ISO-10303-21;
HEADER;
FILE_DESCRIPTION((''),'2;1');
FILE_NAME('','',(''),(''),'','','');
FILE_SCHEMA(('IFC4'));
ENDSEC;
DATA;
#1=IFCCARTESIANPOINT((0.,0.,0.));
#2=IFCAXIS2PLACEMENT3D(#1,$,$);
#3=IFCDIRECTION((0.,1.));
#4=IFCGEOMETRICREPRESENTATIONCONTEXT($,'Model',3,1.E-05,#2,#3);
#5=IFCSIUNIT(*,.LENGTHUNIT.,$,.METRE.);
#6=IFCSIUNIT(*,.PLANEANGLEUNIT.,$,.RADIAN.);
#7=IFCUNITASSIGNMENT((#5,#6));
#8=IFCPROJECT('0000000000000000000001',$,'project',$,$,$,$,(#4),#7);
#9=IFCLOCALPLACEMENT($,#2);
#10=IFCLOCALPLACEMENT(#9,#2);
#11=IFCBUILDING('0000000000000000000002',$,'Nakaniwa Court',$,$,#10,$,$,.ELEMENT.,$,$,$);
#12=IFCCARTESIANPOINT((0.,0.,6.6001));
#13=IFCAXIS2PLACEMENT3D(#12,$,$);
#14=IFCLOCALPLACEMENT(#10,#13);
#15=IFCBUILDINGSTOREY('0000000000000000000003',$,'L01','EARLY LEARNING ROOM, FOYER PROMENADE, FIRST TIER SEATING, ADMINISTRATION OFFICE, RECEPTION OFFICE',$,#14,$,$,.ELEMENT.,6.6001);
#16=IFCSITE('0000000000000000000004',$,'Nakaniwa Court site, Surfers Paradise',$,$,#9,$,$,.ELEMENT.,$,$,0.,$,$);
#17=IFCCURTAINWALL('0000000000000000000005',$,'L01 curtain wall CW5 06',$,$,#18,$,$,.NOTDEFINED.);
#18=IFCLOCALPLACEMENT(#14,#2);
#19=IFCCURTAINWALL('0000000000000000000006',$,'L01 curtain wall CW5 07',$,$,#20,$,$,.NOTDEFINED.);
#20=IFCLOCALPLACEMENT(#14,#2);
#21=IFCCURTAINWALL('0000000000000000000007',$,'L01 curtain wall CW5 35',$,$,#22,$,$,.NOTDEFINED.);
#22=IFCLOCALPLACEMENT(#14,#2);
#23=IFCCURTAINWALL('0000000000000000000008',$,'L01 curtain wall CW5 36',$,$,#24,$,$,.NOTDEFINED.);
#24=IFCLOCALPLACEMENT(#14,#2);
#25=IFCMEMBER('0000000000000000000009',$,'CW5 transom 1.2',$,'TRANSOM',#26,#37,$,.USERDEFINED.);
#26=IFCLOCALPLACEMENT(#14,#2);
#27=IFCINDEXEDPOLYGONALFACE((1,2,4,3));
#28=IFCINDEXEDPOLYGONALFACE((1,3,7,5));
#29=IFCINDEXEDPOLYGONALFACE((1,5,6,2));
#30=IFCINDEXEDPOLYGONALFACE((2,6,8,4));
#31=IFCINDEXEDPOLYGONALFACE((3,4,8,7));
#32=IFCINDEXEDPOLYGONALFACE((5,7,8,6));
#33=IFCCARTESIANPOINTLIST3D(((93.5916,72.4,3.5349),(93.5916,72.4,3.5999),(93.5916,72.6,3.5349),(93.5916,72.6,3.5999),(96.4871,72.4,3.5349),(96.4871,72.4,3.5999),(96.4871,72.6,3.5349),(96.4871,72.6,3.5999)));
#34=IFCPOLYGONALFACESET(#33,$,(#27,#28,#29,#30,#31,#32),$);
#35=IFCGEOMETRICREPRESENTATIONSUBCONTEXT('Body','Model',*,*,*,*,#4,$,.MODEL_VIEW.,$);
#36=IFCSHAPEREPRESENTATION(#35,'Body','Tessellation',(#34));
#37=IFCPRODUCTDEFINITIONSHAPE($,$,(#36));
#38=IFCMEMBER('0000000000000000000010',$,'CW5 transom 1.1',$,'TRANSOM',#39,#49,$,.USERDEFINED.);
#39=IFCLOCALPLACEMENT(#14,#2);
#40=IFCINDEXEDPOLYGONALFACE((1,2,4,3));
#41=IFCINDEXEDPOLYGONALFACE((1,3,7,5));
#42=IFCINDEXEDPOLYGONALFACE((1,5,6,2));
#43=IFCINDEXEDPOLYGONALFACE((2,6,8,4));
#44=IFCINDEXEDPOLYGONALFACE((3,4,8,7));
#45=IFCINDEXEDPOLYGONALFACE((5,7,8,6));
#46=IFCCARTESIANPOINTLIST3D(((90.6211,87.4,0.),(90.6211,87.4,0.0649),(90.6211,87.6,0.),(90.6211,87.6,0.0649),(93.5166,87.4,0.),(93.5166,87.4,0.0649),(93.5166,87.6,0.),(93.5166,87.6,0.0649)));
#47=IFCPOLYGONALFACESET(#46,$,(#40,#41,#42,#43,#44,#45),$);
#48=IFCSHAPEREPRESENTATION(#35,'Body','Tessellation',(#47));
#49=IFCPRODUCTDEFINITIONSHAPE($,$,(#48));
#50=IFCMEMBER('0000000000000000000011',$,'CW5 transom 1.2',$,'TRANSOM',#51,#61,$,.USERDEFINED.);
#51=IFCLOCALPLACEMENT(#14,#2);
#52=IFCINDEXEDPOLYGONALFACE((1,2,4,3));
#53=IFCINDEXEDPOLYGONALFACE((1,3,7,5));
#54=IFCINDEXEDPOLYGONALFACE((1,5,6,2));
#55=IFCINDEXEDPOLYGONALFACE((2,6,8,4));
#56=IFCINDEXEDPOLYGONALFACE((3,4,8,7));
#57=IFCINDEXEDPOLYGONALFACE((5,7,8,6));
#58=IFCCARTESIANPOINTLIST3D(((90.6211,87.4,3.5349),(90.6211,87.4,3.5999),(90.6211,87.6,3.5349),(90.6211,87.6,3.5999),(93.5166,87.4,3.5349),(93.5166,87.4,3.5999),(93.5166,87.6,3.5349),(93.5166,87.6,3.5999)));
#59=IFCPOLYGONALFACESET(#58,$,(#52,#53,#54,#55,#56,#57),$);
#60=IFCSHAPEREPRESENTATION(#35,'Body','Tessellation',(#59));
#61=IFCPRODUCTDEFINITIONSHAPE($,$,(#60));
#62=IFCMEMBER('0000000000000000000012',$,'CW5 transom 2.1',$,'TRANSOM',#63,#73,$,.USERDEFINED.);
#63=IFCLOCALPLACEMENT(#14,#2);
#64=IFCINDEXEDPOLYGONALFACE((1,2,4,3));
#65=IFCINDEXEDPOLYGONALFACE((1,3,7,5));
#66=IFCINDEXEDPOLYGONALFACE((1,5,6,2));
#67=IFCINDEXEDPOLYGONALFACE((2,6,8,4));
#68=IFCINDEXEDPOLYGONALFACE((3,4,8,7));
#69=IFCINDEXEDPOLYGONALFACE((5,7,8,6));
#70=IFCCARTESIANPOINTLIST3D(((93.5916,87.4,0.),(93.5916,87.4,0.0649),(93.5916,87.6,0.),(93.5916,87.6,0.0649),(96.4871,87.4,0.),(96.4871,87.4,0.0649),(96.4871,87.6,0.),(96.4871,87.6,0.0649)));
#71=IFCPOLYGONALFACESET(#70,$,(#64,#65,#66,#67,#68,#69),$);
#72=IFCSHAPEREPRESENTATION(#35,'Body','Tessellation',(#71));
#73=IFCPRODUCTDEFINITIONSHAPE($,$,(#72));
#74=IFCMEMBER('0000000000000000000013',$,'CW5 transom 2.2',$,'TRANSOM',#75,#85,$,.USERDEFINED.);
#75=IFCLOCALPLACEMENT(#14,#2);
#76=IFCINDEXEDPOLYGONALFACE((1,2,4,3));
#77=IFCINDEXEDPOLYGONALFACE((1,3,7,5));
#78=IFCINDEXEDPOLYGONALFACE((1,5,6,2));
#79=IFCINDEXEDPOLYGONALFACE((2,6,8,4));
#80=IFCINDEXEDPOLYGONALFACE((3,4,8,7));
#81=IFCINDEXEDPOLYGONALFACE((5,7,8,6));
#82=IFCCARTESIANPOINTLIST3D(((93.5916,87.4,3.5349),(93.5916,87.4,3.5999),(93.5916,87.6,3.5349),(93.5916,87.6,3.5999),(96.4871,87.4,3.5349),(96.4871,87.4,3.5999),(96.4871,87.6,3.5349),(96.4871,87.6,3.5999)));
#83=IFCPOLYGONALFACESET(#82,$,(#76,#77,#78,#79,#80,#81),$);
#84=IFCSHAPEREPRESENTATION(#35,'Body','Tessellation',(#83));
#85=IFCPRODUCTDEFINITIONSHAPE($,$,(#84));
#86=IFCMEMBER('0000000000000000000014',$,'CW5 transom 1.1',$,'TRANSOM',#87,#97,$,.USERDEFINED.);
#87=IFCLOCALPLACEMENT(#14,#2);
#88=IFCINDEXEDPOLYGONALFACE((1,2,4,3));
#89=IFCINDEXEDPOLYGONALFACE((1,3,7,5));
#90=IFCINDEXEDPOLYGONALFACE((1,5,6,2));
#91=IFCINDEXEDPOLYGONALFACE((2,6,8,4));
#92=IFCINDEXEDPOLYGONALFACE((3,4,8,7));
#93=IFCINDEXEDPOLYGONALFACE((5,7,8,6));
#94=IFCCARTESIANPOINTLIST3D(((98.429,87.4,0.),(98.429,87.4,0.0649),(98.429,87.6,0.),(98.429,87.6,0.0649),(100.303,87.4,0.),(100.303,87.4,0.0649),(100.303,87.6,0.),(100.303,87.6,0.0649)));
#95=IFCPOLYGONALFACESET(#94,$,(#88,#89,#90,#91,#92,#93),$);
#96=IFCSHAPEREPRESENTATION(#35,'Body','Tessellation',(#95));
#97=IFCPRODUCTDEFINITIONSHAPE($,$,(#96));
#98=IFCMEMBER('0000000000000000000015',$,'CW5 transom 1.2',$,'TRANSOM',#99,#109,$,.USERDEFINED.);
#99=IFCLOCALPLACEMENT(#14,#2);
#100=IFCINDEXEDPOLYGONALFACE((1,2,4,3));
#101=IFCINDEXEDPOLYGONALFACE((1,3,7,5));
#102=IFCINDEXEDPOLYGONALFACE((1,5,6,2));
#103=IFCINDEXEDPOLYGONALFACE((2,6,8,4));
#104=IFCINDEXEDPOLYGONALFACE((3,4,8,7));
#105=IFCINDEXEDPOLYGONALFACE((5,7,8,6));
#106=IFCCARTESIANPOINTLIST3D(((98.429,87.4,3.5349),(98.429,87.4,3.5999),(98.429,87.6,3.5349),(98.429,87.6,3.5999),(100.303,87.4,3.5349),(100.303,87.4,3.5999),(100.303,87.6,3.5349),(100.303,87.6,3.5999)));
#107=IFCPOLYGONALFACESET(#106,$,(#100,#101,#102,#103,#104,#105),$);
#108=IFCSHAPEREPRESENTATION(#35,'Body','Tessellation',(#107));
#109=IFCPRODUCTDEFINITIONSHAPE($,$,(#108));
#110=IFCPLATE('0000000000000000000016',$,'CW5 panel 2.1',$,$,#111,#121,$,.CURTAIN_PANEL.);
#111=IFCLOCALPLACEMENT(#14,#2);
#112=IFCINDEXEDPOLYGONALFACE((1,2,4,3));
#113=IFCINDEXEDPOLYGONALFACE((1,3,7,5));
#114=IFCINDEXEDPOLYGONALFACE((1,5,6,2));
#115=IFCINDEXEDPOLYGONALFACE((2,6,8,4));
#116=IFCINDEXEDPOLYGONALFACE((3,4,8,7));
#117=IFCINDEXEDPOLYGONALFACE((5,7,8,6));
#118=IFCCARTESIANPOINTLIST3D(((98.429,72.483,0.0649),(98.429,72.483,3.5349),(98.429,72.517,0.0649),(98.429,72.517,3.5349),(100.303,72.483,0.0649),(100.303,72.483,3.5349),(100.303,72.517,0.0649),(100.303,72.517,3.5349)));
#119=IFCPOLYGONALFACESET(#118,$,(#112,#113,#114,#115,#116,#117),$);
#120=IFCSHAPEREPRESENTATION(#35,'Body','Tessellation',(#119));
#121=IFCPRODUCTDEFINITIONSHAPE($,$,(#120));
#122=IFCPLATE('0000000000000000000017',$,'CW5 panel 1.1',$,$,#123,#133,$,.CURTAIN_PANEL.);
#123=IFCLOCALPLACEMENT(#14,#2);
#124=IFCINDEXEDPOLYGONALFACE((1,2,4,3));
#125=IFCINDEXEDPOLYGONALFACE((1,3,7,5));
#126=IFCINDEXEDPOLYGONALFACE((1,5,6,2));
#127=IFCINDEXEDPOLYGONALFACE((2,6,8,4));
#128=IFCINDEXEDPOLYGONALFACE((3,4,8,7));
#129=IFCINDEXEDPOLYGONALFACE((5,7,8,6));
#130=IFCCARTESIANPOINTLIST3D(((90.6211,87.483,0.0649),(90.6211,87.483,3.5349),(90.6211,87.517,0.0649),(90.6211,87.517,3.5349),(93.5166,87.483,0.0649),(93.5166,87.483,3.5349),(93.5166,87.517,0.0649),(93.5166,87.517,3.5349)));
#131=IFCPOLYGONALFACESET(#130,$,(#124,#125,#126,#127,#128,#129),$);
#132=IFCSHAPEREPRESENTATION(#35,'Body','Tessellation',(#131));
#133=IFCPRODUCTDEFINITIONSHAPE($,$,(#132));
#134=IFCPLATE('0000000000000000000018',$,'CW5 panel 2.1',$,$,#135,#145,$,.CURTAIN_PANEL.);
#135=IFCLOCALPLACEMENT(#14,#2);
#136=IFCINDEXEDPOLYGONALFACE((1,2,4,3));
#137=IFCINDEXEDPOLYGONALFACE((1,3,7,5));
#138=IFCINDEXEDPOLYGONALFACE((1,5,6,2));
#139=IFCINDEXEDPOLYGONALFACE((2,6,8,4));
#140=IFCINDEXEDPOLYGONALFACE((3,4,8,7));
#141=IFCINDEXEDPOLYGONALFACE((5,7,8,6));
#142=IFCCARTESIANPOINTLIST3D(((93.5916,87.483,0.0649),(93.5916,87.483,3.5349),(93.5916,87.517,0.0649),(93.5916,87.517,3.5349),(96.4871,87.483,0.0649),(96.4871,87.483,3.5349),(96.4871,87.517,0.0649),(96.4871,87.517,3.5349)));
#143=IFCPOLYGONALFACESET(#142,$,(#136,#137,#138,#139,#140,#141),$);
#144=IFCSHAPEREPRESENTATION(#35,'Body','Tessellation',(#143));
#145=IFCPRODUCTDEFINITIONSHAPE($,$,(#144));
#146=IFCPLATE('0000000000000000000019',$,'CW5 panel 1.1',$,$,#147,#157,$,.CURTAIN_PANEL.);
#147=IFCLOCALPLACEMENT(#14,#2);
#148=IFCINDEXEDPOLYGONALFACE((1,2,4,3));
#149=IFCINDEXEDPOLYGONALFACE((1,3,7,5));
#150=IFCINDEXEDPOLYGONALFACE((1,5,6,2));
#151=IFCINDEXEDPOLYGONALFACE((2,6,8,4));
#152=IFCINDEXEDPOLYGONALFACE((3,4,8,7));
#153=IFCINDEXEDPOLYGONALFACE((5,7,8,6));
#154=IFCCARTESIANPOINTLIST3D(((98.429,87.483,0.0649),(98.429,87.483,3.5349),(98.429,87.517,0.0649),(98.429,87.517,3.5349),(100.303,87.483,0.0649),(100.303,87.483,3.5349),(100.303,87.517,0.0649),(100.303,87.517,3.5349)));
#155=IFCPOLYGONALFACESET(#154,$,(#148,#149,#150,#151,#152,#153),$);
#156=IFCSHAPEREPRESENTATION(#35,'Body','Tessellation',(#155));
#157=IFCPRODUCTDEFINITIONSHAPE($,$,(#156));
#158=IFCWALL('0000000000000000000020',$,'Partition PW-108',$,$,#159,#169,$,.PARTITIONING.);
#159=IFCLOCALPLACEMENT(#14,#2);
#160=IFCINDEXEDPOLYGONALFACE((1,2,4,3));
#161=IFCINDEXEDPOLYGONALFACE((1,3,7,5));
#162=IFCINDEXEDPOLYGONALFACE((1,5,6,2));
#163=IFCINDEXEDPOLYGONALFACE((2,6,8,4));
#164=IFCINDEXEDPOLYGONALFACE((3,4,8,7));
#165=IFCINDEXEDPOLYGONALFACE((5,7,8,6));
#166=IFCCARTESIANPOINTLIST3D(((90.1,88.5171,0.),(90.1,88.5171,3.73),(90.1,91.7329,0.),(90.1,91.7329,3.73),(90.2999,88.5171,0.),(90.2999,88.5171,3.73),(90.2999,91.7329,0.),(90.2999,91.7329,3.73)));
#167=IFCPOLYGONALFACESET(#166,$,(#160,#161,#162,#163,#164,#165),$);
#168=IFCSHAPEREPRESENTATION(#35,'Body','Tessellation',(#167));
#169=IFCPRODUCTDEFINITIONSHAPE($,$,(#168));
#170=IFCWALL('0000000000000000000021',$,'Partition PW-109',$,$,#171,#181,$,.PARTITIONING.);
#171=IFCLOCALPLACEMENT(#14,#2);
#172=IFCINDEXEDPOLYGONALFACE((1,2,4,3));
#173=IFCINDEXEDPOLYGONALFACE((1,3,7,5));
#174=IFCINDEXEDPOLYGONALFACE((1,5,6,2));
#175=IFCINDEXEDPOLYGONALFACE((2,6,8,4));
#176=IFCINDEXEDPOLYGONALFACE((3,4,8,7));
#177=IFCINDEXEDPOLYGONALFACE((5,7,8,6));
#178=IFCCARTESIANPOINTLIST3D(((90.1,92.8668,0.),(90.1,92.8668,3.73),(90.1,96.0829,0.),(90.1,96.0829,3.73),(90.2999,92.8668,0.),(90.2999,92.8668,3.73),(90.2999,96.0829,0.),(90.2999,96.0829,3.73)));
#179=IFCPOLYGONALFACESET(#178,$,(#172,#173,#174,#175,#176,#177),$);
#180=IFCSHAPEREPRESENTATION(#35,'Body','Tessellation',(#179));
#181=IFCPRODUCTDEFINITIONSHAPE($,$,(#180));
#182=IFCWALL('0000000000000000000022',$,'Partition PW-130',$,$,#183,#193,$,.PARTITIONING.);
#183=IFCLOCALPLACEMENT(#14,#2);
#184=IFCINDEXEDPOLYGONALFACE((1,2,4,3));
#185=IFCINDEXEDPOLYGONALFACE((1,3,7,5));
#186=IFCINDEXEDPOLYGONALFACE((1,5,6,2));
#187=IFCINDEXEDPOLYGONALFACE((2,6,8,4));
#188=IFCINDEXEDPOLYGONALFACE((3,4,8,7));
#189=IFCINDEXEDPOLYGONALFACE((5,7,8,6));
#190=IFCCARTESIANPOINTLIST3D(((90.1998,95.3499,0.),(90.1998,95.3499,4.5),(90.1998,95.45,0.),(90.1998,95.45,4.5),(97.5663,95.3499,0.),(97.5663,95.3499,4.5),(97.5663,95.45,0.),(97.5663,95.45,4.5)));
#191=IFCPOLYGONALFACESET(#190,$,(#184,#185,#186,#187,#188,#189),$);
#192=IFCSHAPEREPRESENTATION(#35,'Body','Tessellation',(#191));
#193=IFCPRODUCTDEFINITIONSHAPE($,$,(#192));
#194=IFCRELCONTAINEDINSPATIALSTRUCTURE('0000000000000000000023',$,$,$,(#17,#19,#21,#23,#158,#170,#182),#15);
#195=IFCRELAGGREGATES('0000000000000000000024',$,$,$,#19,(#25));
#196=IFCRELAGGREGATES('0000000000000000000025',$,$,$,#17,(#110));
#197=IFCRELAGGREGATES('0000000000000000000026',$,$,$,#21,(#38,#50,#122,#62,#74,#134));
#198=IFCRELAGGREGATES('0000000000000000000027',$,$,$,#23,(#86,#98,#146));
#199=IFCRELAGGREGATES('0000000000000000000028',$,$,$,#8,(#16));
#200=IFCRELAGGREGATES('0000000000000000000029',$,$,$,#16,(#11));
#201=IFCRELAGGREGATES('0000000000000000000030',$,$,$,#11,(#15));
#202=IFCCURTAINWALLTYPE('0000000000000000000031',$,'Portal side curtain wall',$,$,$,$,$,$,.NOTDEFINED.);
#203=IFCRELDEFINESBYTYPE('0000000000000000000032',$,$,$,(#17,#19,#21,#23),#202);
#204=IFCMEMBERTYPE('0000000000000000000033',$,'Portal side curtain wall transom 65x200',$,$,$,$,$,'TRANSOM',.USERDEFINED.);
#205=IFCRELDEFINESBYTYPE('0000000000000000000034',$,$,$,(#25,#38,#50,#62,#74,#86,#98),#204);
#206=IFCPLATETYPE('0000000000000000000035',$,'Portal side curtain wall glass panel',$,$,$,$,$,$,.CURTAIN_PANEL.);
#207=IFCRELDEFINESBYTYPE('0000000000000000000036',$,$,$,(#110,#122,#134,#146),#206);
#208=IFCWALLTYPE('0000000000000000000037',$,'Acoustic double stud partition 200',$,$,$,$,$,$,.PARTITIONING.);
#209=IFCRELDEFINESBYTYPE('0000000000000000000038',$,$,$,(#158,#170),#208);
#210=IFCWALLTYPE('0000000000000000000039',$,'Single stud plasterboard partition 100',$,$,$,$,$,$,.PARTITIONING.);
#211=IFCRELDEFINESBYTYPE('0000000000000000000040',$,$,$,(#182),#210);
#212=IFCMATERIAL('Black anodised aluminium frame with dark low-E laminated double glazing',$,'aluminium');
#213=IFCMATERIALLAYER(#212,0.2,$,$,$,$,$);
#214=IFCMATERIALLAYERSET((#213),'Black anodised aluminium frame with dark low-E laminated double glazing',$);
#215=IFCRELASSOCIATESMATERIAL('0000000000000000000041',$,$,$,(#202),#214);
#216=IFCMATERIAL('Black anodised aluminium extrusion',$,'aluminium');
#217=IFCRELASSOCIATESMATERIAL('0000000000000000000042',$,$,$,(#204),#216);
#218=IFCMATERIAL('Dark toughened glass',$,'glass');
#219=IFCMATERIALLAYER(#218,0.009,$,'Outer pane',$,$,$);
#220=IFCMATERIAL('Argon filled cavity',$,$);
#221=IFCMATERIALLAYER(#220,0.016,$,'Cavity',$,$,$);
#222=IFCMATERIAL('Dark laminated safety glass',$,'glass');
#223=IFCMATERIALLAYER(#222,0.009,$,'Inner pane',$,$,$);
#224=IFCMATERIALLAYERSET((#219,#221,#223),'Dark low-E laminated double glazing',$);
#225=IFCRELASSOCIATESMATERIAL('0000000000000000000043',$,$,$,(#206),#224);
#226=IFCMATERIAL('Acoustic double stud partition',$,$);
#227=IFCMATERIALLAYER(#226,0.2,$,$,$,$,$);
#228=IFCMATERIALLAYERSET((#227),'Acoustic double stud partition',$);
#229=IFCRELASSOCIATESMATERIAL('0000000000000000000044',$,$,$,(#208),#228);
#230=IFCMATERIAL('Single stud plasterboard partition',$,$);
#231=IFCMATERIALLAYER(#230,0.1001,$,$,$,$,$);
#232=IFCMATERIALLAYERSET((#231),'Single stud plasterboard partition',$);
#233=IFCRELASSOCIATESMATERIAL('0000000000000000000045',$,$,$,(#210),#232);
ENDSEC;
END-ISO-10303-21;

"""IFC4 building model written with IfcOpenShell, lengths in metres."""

from ifc_helpers import new_model, si_unit, direction, frame, frame_2d, origin, origin_2d, place, context, subcontext, project, spatial, rectangle, extrude, material, layer, layer_set, material_profile, profile_set, type_object, element, aggregate, save


model = new_model("IFC4")

# Units and contexts
model_context = context("Model", 3, precision=1e-05, world=origin(), true_north=direction((0.0, 1.0)))
body_context = subcontext(model_context, "Body", "Model", "MODEL_VIEW")
ifc_project = project(units=[si_unit("LENGTHUNIT", "METRE"), si_unit("PLANEANGLEUNIT", "RADIAN")], contexts=[model_context])

# Site, building, storey
site_placement = place(None, origin())
site = spatial("IfcSite", under=ifc_project, at=site_placement, Name="Nakaniwa Court site, Surfers Paradise", CompositionType="ELEMENT", RefElevation=0.0)
building_placement = place(site_placement, origin())
building = spatial("IfcBuilding", under=site, at=building_placement, Name="Nakaniwa Court", CompositionType="ELEMENT")
storey_placement = place(building_placement, frame((0.0, 0.0, 6.6001)))
storey = spatial("IfcBuildingStorey", under=building, at=storey_placement, Name="L01", Description="EARLY LEARNING ROOM, FOYER PROMENADE, FIRST TIER SEATING, ADMINISTRATION OFFICE, RECEPTION OFFICE", CompositionType="ELEMENT", Elevation=6.6001)

# Curtain walls
ifc_material_1 = material(Name="Black anodised aluminium frame with dark low-E laminated double glazing", Category="aluminium")
ifc_layer_1 = layer(ifc_material_1, 0.2)
ifc_layer_set_1 = layer_set([ifc_layer_1], Name="Black anodised aluminium frame with dark low-E laminated double glazing")
curtain_wall_type = type_object("IfcCurtainWallType", Name="Portal side curtain wall", PredefinedType="NOTDEFINED", material=ifc_layer_set_1)
curtain_wall_1_placement = place(storey_placement, origin())
curtain_wall_1 = element("IfcCurtainWall", 1, at=curtain_wall_1_placement, inside=storey, type_object=curtain_wall_type, Name="L01 curtain wall CW5 06", PredefinedType="NOTDEFINED")
ifc_material_2 = material(Name="Black anodised aluminium extrusion", Category="aluminium")
curtain_wall_2_placement = place(storey_placement, origin())
curtain_wall_2 = element("IfcCurtainWall", 2, at=curtain_wall_2_placement, inside=storey, type_object=curtain_wall_type, Name="L01 curtain wall CW5 07", PredefinedType="NOTDEFINED")

# Curtain wall
curtain_wall_3_placement = place(storey_placement, origin())
curtain_wall_3 = element("IfcCurtainWall", 3, at=curtain_wall_3_placement, inside=storey, type_object=curtain_wall_type, Name="L01 curtain wall CW5 35", PredefinedType="NOTDEFINED")

# Curtain wall
curtain_wall_4_placement = place(storey_placement, origin())
curtain_wall_4 = element("IfcCurtainWall", 4, at=curtain_wall_4_placement, inside=storey, type_object=curtain_wall_type, Name="L01 curtain wall CW5 36", PredefinedType="NOTDEFINED")

# Members
ifc_material_profile_1 = material_profile(ifc_material_2, rectangle(XDim=0.2, YDim=0.0649, at=origin_2d()), Name="Portal side curtain wall transom 65x200")
ifc_profile_set_1 = profile_set([ifc_material_profile_1], Name="Black anodised aluminium extrusion")
member_type_1 = type_object("IfcMemberType", Name="Portal side curtain wall transom 65x200", ElementType="TRANSOM", PredefinedType="USERDEFINED", material=ifc_profile_set_1)
member_1_placement = place(storey_placement, frame((96.4871, 72.5, 3.5674), z_axis=(-1.0, 0.0, 0.0), x_axis=(0.0, -1.0, 0.0)))
member_1 = element("IfcMember", 5, at=member_1_placement, type_object=member_type_1, Name="CW5 transom 1.2", ObjectType="TRANSOM", PredefinedType="USERDEFINED", context=body_context, shape_type="SweptSolid", body=[
    extrude(rectangle(XDim=0.2, YDim=0.0649, at=origin_2d()), origin(), (0.0, 0.0, 1.0), 2.8955),
])
aggregate(curtain_wall_2, [member_1])
member_2_placement = place(storey_placement, frame((90.6211, 87.5, 0.0325), z_axis=(1.0, 0.0, 0.0), x_axis=(0.0, 1.0, 0.0)))
member_2 = element("IfcMember", 6, at=member_2_placement, type_object=member_type_1, Name="CW5 transom 1.1", ObjectType="TRANSOM", PredefinedType="USERDEFINED", context=body_context, shape_type="SweptSolid", body=[
    extrude(rectangle(XDim=0.2, YDim=0.0649, at=origin_2d()), origin(), (0.0, 0.0, 1.0), 2.8955),
])
member_3_placement = place(storey_placement, frame((90.6211, 87.5, 3.5674), z_axis=(1.0, 0.0, 0.0), x_axis=(0.0, 1.0, 0.0)))
member_3 = element("IfcMember", 7, at=member_3_placement, type_object=member_type_1, Name="CW5 transom 1.2", ObjectType="TRANSOM", PredefinedType="USERDEFINED", context=body_context, shape_type="SweptSolid", body=[
    extrude(rectangle(XDim=0.2, YDim=0.0649, at=origin_2d()), origin(), (0.0, 0.0, 1.0), 2.8955),
])
member_4_placement = place(storey_placement, frame((93.5916, 87.5, 0.0325), z_axis=(1.0, 0.0, 0.0), x_axis=(0.0, 1.0, 0.0)))
member_4 = element("IfcMember", 8, at=member_4_placement, type_object=member_type_1, Name="CW5 transom 2.1", ObjectType="TRANSOM", PredefinedType="USERDEFINED", context=body_context, shape_type="SweptSolid", body=[
    extrude(rectangle(XDim=0.2, YDim=0.0649, at=origin_2d()), origin(), (0.0, 0.0, 1.0), 2.8955),
])
member_5_placement = place(storey_placement, frame((93.5916, 87.5, 3.5674), z_axis=(1.0, 0.0, 0.0), x_axis=(0.0, 1.0, 0.0)))
member_5 = element("IfcMember", 9, at=member_5_placement, type_object=member_type_1, Name="CW5 transom 2.2", ObjectType="TRANSOM", PredefinedType="USERDEFINED", context=body_context, shape_type="SweptSolid", body=[
    extrude(rectangle(XDim=0.2, YDim=0.0649, at=origin_2d()), origin(), (0.0, 0.0, 1.0), 2.8955),
])
member_6_placement = place(storey_placement, frame((98.429, 87.5, 0.0325), z_axis=(1.0, 0.0, 0.0), x_axis=(0.0, 1.0, 0.0)))
member_6 = element("IfcMember", 10, at=member_6_placement, type_object=member_type_1, Name="CW5 transom 1.1", ObjectType="TRANSOM", PredefinedType="USERDEFINED", context=body_context, shape_type="SweptSolid", body=[
    extrude(rectangle(XDim=0.2, YDim=0.0649, at=origin_2d()), origin(), (0.0, 0.0, 1.0), 1.874),
])
member_7_placement = place(storey_placement, frame((98.429, 87.5, 3.5674), z_axis=(1.0, 0.0, 0.0), x_axis=(0.0, 1.0, 0.0)))
member_7 = element("IfcMember", 11, at=member_7_placement, type_object=member_type_1, Name="CW5 transom 1.2", ObjectType="TRANSOM", PredefinedType="USERDEFINED", context=body_context, shape_type="SweptSolid", body=[
    extrude(rectangle(XDim=0.2, YDim=0.0649, at=origin_2d()), origin(), (0.0, 0.0, 1.0), 1.874),
])

# Plates
ifc_material_3 = material(Name="Dark toughened glass", Category="glass")
ifc_layer_2 = layer(ifc_material_3, 0.009, Name="Outer pane")
ifc_material_4 = material(Name="Argon filled cavity")
ifc_layer_3 = layer(ifc_material_4, 0.016, Name="Cavity")
ifc_material_5 = material(Name="Dark laminated safety glass", Category="glass")
ifc_layer_4 = layer(ifc_material_5, 0.009, Name="Inner pane")
ifc_layer_set_2 = layer_set([ifc_layer_2, ifc_layer_3, ifc_layer_4], Name="Dark low-E laminated double glazing")
plate_type = type_object("IfcPlateType", Name="Portal side curtain wall glass panel", PredefinedType="CURTAIN_PANEL", material=ifc_layer_set_2)
plate_1_placement = place(storey_placement, frame((99.366, 72.5, 0.0649), z_axis=(0.0, 0.0, 1.0), x_axis=(-1.0, 0.0, 0.0)))
plate_1 = element("IfcPlate", 12, at=plate_1_placement, type_object=plate_type, Name="CW5 panel 2.1", PredefinedType="CURTAIN_PANEL", context=body_context, shape_type="SweptSolid", body=[
    extrude(rectangle(XDim=1.874, YDim=0.0339, at=origin_2d()), origin(), (0.0, 0.0, 1.0), 3.47),
])
aggregate(curtain_wall_1, [plate_1])
plate_2_placement = place(storey_placement, frame((92.0688, 87.5, 0.0649), z_axis=(0.0, 0.0, 1.0), x_axis=(1.0, 0.0, 0.0)))
plate_2 = element("IfcPlate", 13, at=plate_2_placement, type_object=plate_type, Name="CW5 panel 1.1", PredefinedType="CURTAIN_PANEL", context=body_context, shape_type="SweptSolid", body=[
    extrude(rectangle(XDim=2.8955, YDim=0.0339, at=origin_2d()), origin(), (0.0, 0.0, 1.0), 3.47),
])
plate_3_placement = place(storey_placement, frame((95.0393, 87.5, 0.0649), z_axis=(0.0, 0.0, 1.0), x_axis=(1.0, 0.0, 0.0)))
plate_3 = element("IfcPlate", 14, at=plate_3_placement, type_object=plate_type, Name="CW5 panel 2.1", PredefinedType="CURTAIN_PANEL", context=body_context, shape_type="SweptSolid", body=[
    extrude(rectangle(XDim=2.8955, YDim=0.0339, at=origin_2d()), origin(), (0.0, 0.0, 1.0), 3.47),
])
aggregate(curtain_wall_3, [member_2, member_3, plate_2, member_4, member_5, plate_3])
plate_4_placement = place(storey_placement, frame((99.366, 87.5, 0.0649), z_axis=(0.0, 0.0, 1.0), x_axis=(1.0, 0.0, 0.0)))
plate_4 = element("IfcPlate", 15, at=plate_4_placement, type_object=plate_type, Name="CW5 panel 1.1", PredefinedType="CURTAIN_PANEL", context=body_context, shape_type="SweptSolid", body=[
    extrude(rectangle(XDim=1.874, YDim=0.0339, at=origin_2d()), origin(), (0.0, 0.0, 1.0), 3.47),
])
aggregate(curtain_wall_4, [member_6, member_7, plate_4])

# Walls
ifc_material_6 = material(Name="Acoustic double stud partition")
ifc_layer_5 = layer(ifc_material_6, 0.2)
ifc_layer_set_3 = layer_set([ifc_layer_5], Name="Acoustic double stud partition")
wall_type_1 = type_object("IfcWallType", Name="Acoustic double stud partition 200", PredefinedType="PARTITIONING", material=ifc_layer_set_3)
wall_1_placement = place(storey_placement, frame((90.2, 88.5171, 0.0), z_axis=(0.0, 0.0, 1.0), x_axis=(0.0, 1.0, 0.0)))
element("IfcWall", 16, at=wall_1_placement, inside=storey, type_object=wall_type_1, Name="Partition PW-108", PredefinedType="PARTITIONING", context=body_context, shape_type="SweptSolid", body=[
    extrude(rectangle(XDim=3.2158, YDim=0.2, at=frame_2d((1.6079, 0.0))), origin(), (0.0, 0.0, 1.0), 3.73),
])
wall_2_placement = place(storey_placement, frame((90.2, 92.8669, 0.0), z_axis=(0.0, 0.0, 1.0), x_axis=(0.0, 1.0, 0.0)))
element("IfcWall", 17, at=wall_2_placement, inside=storey, type_object=wall_type_1, Name="Partition PW-109", PredefinedType="PARTITIONING", context=body_context, shape_type="SweptSolid", body=[
    extrude(rectangle(XDim=3.2161, YDim=0.2, at=frame_2d((1.6079, 0.0))), origin(), (0.0, 0.0, 1.0), 3.73),
])
ifc_material_7 = material(Name="Single stud plasterboard partition")
ifc_layer_6 = layer(ifc_material_7, 0.1001)
ifc_layer_set_4 = layer_set([ifc_layer_6], Name="Single stud plasterboard partition")
wall_type_2 = type_object("IfcWallType", Name="Single stud plasterboard partition 100", PredefinedType="PARTITIONING", material=ifc_layer_set_4)
wall_3_placement = place(storey_placement, frame((90.2, 95.3999, 0.0), z_axis=(0.0, 0.0, 1.0), x_axis=(1.0, 0.0, 0.0)))
element("IfcWall", 18, at=wall_3_placement, inside=storey, type_object=wall_type_2, Name="Partition PW-130", PredefinedType="PARTITIONING", context=body_context, shape_type="SweptSolid", body=[
    extrude(rectangle(XDim=7.3665, YDim=0.1001, at=frame_2d((3.6831, 0.0))), origin(), (0.0, 0.0, 1.0), 4.5),
])

save(model, "model.ifc")
